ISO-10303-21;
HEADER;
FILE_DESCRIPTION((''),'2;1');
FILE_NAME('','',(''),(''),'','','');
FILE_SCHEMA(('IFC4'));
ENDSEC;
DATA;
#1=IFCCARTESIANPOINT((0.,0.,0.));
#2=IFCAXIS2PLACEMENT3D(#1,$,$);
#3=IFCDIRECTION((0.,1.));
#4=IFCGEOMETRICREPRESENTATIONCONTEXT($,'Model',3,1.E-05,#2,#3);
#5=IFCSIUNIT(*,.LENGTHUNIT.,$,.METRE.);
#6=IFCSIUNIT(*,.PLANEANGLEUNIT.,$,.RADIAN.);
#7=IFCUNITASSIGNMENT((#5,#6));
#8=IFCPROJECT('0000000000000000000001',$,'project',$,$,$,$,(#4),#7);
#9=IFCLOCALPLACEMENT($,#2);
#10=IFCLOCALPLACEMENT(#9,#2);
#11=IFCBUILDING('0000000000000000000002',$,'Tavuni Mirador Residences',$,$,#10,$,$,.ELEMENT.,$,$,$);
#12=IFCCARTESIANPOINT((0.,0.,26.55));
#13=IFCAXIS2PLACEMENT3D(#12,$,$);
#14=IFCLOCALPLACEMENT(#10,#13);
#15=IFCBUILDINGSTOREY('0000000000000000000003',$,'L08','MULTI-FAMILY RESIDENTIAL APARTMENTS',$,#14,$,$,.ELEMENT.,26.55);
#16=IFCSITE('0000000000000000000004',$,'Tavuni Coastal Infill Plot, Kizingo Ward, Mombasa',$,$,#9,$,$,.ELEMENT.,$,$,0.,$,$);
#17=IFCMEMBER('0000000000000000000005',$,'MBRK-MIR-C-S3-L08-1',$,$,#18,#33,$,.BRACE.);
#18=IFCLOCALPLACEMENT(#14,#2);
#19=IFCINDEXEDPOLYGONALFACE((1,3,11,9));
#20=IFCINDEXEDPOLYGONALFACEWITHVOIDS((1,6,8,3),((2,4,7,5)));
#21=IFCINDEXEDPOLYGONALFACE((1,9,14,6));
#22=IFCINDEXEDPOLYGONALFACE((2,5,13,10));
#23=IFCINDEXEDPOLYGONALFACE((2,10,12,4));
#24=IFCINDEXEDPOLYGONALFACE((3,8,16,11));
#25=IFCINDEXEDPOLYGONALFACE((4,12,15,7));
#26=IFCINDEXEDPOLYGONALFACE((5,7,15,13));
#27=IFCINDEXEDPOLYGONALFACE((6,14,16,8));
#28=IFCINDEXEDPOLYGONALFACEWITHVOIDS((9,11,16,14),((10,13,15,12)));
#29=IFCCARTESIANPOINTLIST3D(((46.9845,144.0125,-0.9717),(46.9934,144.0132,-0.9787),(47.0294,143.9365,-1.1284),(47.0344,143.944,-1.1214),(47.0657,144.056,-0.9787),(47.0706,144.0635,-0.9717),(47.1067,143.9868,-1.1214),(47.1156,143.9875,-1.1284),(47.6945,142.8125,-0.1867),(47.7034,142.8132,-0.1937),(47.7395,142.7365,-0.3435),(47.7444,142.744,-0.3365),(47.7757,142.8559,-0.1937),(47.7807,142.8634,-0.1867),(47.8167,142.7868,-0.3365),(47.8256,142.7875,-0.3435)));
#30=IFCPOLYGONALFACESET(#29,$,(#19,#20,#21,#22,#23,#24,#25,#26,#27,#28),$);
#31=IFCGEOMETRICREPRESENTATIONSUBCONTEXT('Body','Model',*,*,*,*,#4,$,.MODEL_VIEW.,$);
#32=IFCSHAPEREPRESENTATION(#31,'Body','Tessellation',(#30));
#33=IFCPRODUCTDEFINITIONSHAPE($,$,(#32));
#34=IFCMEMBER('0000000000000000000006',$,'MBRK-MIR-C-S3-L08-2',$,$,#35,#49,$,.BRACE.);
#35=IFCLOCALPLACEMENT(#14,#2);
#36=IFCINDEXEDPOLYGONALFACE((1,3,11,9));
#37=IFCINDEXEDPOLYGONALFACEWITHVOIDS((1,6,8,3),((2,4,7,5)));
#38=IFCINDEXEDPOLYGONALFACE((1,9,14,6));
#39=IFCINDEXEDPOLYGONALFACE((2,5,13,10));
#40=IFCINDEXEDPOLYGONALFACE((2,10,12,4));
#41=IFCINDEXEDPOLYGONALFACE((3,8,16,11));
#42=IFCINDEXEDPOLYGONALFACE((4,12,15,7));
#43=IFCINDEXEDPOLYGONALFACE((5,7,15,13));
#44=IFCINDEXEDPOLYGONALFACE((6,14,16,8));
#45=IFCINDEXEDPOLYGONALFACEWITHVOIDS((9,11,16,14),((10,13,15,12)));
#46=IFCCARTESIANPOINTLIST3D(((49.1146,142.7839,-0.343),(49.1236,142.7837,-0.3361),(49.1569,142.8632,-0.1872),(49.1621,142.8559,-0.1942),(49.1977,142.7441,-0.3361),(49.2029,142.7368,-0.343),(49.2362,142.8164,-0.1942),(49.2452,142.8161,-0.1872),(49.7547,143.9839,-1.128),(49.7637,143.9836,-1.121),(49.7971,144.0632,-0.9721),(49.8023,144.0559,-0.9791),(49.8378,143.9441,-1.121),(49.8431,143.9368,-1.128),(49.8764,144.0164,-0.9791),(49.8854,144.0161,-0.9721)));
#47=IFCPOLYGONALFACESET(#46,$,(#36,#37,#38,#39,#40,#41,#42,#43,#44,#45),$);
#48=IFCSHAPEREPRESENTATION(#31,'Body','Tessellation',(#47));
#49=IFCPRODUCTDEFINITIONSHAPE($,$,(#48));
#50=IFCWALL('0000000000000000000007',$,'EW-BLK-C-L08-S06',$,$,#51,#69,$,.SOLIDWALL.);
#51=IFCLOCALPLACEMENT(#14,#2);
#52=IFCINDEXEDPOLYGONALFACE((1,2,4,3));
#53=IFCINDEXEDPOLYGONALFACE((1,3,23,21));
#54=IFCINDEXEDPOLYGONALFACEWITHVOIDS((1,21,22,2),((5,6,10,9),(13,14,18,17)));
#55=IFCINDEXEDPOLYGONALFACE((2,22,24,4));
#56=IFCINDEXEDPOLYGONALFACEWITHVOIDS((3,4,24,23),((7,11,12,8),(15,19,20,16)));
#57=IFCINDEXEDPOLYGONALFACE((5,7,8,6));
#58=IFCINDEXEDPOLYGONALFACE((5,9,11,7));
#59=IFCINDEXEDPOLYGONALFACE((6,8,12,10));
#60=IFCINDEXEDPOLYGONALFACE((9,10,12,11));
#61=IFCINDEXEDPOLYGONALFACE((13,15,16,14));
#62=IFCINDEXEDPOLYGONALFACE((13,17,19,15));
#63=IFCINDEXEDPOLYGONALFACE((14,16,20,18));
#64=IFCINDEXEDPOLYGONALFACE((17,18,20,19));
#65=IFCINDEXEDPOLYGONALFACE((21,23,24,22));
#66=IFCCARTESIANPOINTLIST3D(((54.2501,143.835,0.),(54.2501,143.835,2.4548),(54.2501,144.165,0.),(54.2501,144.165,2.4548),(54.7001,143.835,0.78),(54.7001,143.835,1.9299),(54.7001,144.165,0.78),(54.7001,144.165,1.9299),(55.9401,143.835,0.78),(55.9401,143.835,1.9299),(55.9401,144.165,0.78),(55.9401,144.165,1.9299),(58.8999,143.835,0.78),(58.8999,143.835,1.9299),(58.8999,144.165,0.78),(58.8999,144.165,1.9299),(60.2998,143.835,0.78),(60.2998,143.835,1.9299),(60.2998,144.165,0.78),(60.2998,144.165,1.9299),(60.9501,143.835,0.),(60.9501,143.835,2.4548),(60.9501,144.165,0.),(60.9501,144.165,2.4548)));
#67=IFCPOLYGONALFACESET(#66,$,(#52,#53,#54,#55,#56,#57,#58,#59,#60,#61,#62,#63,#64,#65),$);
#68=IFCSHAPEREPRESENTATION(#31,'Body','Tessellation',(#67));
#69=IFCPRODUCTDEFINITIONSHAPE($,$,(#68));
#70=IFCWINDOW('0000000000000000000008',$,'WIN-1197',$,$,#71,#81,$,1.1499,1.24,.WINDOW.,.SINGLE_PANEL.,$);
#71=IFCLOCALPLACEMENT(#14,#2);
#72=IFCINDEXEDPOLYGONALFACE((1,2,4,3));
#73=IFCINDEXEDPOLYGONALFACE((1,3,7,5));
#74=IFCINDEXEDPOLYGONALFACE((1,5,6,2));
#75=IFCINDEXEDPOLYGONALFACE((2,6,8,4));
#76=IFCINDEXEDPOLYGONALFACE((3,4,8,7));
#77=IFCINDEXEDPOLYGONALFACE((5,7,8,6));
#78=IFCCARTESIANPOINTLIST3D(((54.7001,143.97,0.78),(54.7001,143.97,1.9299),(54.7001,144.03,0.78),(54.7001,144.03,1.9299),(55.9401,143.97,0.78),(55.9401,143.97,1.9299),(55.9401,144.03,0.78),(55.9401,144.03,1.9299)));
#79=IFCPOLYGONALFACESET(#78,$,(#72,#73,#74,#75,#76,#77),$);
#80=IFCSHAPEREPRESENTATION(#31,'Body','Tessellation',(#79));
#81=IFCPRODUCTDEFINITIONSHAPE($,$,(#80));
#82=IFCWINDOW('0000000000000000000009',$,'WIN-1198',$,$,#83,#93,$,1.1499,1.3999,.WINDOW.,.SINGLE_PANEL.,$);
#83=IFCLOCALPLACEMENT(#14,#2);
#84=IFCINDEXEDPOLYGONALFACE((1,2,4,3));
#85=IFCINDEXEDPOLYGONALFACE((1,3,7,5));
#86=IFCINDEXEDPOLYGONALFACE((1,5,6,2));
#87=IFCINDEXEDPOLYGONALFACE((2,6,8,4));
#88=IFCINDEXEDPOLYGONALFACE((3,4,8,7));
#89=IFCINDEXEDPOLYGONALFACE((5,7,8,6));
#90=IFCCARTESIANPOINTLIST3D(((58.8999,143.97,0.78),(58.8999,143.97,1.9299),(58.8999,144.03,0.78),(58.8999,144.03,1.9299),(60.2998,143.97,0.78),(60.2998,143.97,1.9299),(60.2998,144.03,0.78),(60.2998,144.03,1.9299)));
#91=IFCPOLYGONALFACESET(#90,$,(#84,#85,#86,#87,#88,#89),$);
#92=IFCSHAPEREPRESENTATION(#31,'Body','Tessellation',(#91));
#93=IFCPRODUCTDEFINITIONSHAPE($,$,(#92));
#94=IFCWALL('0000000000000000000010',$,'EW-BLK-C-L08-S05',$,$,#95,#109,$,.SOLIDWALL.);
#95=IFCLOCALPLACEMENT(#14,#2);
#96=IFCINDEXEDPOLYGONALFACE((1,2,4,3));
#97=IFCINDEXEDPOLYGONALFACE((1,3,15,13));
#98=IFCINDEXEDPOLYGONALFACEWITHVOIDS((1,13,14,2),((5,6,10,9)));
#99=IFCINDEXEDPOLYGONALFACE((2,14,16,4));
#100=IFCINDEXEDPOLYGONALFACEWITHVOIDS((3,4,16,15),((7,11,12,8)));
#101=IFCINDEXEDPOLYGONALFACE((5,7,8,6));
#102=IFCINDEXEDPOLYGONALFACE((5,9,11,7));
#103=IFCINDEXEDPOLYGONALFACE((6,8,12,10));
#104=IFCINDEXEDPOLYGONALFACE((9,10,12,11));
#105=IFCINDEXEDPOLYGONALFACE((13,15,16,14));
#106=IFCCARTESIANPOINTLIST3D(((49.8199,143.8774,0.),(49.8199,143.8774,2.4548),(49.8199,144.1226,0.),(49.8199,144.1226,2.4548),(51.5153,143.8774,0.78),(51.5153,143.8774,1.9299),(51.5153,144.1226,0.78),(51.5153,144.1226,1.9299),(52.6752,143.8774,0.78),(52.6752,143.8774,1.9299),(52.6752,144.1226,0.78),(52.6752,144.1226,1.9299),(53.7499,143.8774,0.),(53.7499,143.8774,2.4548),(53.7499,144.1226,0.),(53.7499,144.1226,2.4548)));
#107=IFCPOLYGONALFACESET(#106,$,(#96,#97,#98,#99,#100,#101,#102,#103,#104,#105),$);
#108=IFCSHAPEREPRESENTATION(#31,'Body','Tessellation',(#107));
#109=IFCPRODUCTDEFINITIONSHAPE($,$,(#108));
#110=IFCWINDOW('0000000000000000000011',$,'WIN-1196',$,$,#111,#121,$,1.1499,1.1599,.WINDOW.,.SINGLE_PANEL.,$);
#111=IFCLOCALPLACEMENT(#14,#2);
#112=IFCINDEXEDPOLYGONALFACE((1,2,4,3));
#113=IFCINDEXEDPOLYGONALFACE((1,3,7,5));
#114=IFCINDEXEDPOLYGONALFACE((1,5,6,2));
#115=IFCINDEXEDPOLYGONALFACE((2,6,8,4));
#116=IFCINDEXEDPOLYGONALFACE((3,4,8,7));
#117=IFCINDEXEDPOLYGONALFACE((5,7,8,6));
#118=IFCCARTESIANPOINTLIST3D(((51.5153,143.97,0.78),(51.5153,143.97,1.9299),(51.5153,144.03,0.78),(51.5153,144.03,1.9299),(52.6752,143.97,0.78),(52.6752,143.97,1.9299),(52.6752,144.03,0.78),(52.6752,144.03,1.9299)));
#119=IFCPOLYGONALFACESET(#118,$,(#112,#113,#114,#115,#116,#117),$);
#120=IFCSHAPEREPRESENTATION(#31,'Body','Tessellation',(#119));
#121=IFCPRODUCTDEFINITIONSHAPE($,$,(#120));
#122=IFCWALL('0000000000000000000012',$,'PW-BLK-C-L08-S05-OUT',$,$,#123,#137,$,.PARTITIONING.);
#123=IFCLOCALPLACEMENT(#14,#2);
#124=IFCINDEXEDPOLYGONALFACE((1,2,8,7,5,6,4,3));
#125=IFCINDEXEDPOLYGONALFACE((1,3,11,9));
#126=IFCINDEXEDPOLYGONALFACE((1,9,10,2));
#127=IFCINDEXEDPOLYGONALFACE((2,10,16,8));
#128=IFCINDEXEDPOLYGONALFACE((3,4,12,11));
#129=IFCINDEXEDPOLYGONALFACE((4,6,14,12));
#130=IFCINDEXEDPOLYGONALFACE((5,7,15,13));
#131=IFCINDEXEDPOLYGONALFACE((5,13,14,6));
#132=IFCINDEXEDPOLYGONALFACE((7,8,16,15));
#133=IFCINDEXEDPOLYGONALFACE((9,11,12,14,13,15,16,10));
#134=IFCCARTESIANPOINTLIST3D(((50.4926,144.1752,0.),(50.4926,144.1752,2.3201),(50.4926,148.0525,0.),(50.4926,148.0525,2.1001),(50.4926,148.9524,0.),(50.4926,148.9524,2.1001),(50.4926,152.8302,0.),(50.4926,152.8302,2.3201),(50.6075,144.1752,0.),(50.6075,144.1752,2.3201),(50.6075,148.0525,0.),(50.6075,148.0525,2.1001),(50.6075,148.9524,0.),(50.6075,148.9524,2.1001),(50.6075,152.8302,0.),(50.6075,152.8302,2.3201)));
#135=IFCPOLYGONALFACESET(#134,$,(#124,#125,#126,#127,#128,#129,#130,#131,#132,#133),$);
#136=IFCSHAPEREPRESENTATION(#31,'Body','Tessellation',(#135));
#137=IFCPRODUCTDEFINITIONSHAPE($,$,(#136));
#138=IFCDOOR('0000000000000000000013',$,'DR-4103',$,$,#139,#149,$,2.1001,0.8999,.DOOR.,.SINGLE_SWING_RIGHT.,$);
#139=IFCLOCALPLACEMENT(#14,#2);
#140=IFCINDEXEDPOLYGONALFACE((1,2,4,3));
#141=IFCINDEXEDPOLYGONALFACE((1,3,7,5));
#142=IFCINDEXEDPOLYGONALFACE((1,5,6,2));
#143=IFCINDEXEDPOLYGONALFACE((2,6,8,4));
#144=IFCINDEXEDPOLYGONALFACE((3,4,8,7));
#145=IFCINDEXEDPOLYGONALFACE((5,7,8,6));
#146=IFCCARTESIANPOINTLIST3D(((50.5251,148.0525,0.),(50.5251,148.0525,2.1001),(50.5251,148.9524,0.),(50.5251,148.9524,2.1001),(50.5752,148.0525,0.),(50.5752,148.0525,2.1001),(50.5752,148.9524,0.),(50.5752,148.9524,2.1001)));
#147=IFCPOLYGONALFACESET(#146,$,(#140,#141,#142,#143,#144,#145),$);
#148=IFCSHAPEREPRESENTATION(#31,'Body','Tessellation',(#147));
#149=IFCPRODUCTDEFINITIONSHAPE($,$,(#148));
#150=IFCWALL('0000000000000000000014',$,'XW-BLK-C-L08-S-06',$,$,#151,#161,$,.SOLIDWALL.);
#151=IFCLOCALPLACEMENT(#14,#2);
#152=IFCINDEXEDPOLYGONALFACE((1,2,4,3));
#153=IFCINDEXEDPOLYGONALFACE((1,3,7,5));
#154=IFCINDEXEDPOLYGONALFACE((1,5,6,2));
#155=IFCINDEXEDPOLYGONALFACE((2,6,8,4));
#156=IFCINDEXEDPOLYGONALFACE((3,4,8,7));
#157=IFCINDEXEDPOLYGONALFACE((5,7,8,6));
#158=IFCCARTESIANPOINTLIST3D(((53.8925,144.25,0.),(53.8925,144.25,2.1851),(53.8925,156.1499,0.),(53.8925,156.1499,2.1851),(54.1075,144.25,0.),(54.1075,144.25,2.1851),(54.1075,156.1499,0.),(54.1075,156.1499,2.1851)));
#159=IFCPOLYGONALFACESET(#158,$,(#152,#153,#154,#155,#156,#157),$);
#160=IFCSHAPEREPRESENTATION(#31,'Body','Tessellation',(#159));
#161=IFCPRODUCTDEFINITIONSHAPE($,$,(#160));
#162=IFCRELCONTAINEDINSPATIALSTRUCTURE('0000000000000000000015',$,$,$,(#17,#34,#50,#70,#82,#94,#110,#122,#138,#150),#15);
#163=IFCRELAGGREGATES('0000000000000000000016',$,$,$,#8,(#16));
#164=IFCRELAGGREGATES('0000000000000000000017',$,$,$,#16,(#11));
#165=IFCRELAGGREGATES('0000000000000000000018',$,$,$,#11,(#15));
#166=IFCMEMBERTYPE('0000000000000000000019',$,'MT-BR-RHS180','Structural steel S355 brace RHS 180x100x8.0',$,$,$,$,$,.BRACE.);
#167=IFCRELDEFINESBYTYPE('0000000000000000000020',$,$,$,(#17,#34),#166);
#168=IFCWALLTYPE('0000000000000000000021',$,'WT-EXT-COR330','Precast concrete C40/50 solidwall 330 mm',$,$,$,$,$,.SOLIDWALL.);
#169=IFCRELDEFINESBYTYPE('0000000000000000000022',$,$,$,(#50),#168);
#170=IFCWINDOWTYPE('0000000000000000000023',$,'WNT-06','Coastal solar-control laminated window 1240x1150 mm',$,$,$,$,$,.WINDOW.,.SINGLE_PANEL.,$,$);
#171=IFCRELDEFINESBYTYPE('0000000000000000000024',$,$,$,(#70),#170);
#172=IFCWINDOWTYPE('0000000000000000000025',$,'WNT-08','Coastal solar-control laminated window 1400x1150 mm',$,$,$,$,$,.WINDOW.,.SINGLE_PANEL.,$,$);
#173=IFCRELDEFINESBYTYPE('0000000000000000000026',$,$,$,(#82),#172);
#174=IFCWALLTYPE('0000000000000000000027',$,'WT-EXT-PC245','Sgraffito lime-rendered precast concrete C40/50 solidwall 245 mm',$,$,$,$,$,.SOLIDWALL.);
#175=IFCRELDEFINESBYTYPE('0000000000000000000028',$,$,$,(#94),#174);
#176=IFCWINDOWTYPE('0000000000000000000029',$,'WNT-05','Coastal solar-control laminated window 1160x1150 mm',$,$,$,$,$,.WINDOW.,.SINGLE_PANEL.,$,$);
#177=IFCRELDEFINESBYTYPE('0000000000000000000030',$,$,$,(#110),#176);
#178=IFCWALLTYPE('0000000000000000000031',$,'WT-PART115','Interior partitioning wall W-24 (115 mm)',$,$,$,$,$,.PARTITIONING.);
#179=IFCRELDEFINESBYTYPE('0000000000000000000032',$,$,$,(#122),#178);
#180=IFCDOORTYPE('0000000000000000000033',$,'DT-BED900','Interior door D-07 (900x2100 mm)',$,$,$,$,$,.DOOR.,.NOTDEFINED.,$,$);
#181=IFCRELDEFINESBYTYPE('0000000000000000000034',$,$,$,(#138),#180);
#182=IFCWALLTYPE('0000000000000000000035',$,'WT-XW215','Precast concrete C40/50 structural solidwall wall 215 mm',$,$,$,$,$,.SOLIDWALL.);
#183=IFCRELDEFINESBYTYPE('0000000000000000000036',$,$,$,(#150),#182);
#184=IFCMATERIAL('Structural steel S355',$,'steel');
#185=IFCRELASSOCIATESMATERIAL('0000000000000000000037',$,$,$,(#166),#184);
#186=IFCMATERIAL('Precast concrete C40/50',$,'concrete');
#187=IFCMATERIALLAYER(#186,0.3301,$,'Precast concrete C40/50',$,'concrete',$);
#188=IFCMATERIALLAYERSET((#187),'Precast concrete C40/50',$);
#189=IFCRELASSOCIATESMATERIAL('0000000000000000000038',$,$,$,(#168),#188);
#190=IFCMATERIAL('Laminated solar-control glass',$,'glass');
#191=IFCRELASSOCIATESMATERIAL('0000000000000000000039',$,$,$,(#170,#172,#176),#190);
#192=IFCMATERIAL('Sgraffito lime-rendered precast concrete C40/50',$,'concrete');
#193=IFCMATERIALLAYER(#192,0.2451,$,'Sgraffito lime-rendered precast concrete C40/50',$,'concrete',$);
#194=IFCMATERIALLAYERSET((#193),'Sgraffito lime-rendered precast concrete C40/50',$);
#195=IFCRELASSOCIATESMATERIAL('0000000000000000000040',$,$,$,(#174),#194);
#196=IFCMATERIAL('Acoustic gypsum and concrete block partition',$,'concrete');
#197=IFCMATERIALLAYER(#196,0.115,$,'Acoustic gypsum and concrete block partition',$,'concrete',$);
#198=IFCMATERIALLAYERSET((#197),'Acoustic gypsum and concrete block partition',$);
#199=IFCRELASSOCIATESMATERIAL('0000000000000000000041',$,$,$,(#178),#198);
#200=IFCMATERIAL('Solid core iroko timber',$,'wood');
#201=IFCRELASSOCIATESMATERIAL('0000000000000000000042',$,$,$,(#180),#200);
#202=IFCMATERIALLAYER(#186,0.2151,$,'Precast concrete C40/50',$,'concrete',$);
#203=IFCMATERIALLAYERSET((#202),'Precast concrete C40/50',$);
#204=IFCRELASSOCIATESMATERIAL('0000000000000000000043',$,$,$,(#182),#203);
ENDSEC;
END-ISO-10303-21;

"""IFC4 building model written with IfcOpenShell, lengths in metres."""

from ifc_helpers import new_model, si_unit, direction, frame, frame_2d, origin, origin_2d, place, context, subcontext, project, spatial, rectangle, hollow_rectangle, extrude, material, layer, layer_set, material_profile, profile_set, type_object, element, fill, save


model = new_model("IFC4")

# Units and contexts
model_context = context("Model", 3, precision=1e-05, world=origin(), true_north=direction((0.0, 1.0)))
body_context = subcontext(model_context, "Body", "Model", "MODEL_VIEW")
ifc_project = project(units=[si_unit("LENGTHUNIT", "METRE"), si_unit("PLANEANGLEUNIT", "RADIAN")], contexts=[model_context])

# Site, building, storey
site_placement = place(None, origin())
site = spatial("IfcSite", under=ifc_project, at=site_placement, Name="Tavuni Coastal Infill Plot, Kizingo Ward, Mombasa", CompositionType="ELEMENT", RefElevation=0.0)
building_placement = place(site_placement, origin())
building = spatial("IfcBuilding", under=site, at=building_placement, Name="Tavuni Mirador Residences", CompositionType="ELEMENT")
storey_placement = place(building_placement, frame((0.0, 0.0, 26.55)))
storey = spatial("IfcBuildingStorey", under=building, at=storey_placement, Name="L08", Description="MULTI-FAMILY RESIDENTIAL APARTMENTS", CompositionType="ELEMENT", Elevation=26.55)

# Shared definitions
ifc_material_1 = material(Name="Precast concrete C40/50", Category="concrete")

# Members
ifc_material_2 = material(Name="Structural steel S355", Category="steel")
ifc_material_profile_1 = material_profile(ifc_material_2, hollow_rectangle(XDim=0.1001, YDim=0.1799, WallThickness=0.0081, at=origin_2d()), Name="RHS 180x100x8.0", Category="steel")
ifc_profile_set_1 = profile_set([ifc_material_profile_1], Name="Structural steel S355")
member_type_1 = type_object("IfcMemberType", Name="MT-BR-RHS180", Description="Structural steel S355 brace RHS 180x100x8.0", PredefinedType="BRACE", material=ifc_profile_set_1)
member_1_placement = place(storey_placement, frame((47.05, 144.0, -1.05), z_axis=(0.443724, -0.749967, 0.490569), x_axis=(0.860644, 0.509207, 0.0)))
element("IfcMember", 1, at=member_1_placement, inside=storey, type_object=member_type_1, Name="MBRK-MIR-C-S3-L08-1", PredefinedType="BRACE", context=body_context, shape_type="SweptSolid", body=[
    extrude(hollow_rectangle(XDim=0.1001, YDim=0.1799, WallThickness=0.0081, at=origin_2d()), origin(), (0.0, 0.0, 1.0), 1.6001),
])
member_2_placement = place(storey_placement, frame((49.8201, 144.0, -1.05), z_axis=(-0.407661, -0.764169, 0.499858), x_axis=(0.882303, -0.470681, 0.0)))
element("IfcMember", 2, at=member_2_placement, inside=storey, type_object=member_type_1, Name="MBRK-MIR-C-S3-L08-2", PredefinedType="BRACE", context=body_context, shape_type="SweptSolid", body=[
    extrude(hollow_rectangle(XDim=0.1001, YDim=0.1799, WallThickness=0.0081, at=origin_2d()), origin(), (0.0, 0.0, 1.0), 1.5703),
])

# Wall, openings, windows
ifc_layer_1 = layer(ifc_material_1, 0.3301, Name="Precast concrete C40/50", Category="concrete")
ifc_layer_set_1 = layer_set([ifc_layer_1], Name="Precast concrete C40/50")
wall_type_1 = type_object("IfcWallType", Name="WT-EXT-COR330", Description="Precast concrete C40/50 solidwall 330 mm", PredefinedType="SOLIDWALL", material=ifc_layer_set_1)
wall_1_placement = place(storey_placement, frame((54.25, 144.0, 0.0), z_axis=(0.0, 0.0, 1.0), x_axis=(1.0, 0.0, 0.0)))
wall_1 = element("IfcWall", 3, at=wall_1_placement, inside=storey, type_object=wall_type_1, Name="EW-BLK-C-L08-S06", PredefinedType="SOLIDWALL", context=body_context, shape_type="SweptSolid", body=[
    extrude(rectangle(XDim=6.7, YDim=0.3301, at=frame_2d((3.3501, 0.0))), origin(), (0.0, 0.0, 1.0), 2.4548),
])
opening_1_placement = place(wall_1_placement, frame((0.45, 0.0, 0.78)))
opening_1 = element("IfcOpeningElement", 4, at=opening_1_placement, cuts=wall_1, PredefinedType="OPENING", context=body_context, shape_type="SweptSolid", body=[
    extrude(rectangle(XDim=1.24, YDim=1.1499, at=frame_2d((0.6201, 0.575))), frame((0.0, 0.175, 0.0), z_axis=(0.0, -1.0, 0.0), x_axis=(1.0, 0.0, 0.0)), (0.0, 0.0, 1.0), 0.3501),
])
opening_2_placement = place(wall_1_placement, frame((4.6499, 0.0, 0.78)))
opening_2 = element("IfcOpeningElement", 5, at=opening_2_placement, cuts=wall_1, PredefinedType="OPENING", context=body_context, shape_type="SweptSolid", body=[
    extrude(rectangle(XDim=1.3999, YDim=1.1499, at=frame_2d((0.7, 0.575))), frame((0.0, 0.175, 0.0), z_axis=(0.0, -1.0, 0.0), x_axis=(1.0, 0.0, 0.0)), (0.0, 0.0, 1.0), 0.3501),
])
ifc_material_3 = material(Name="Laminated solar-control glass", Category="glass")
window_type_1 = type_object("IfcWindowType", Name="WNT-06", Description="Coastal solar-control laminated window 1240x1150 mm", PartitioningType="SINGLE_PANEL", PredefinedType="WINDOW", material=ifc_material_3)
window_1_placement = place(opening_1_placement, origin())
window_1 = element("IfcWindow", 6, at=window_1_placement, inside=storey, type_object=window_type_1, Name="WIN-1197", OverallHeight=1.1499, OverallWidth=1.24, PartitioningType="SINGLE_PANEL", PredefinedType="WINDOW", context=body_context, shape_type="SweptSolid", body=[
    extrude(rectangle(XDim=1.24, YDim=1.1499, at=frame_2d((0.6201, 0.575))), frame((0.0, 0.03, 0.0), z_axis=(0.0, -1.0, 0.0), x_axis=(1.0, 0.0, 0.0)), (0.0, 0.0, 1.0), 0.0601),
])
fill(opening_1, window_1)
window_type_2 = type_object("IfcWindowType", Name="WNT-08", Description="Coastal solar-control laminated window 1400x1150 mm", PartitioningType="SINGLE_PANEL", PredefinedType="WINDOW", material=ifc_material_3)
window_2_placement = place(opening_2_placement, origin())
window_2 = element("IfcWindow", 7, at=window_2_placement, inside=storey, type_object=window_type_2, Name="WIN-1198", OverallHeight=1.1499, OverallWidth=1.3999, PartitioningType="SINGLE_PANEL", PredefinedType="WINDOW", context=body_context, shape_type="SweptSolid", body=[
    extrude(rectangle(XDim=1.3999, YDim=1.1499, at=frame_2d((0.7, 0.575))), frame((0.0, 0.03, 0.0), z_axis=(0.0, -1.0, 0.0), x_axis=(1.0, 0.0, 0.0)), (0.0, 0.0, 1.0), 0.0601),
])
fill(opening_2, window_2)

# Wall, opening, window
ifc_material_4 = material(Name="Sgraffito lime-rendered precast concrete C40/50", Category="concrete")
ifc_layer_2 = layer(ifc_material_4, 0.2451, Name="Sgraffito lime-rendered precast concrete C40/50", Category="concrete")
ifc_layer_set_2 = layer_set([ifc_layer_2], Name="Sgraffito lime-rendered precast concrete C40/50")
wall_type_2 = type_object("IfcWallType", Name="WT-EXT-PC245", Description="Sgraffito lime-rendered precast concrete C40/50 solidwall 245 mm", PredefinedType="SOLIDWALL", material=ifc_layer_set_2)
wall_2_placement = place(storey_placement, frame((49.8201, 144.0, 0.0), z_axis=(0.0, 0.0, 1.0), x_axis=(1.0, 0.0, 0.0)))
wall_2 = element("IfcWall", 8, at=wall_2_placement, inside=storey, type_object=wall_type_2, Name="EW-BLK-C-L08-S05", PredefinedType="SOLIDWALL", context=body_context, shape_type="SweptSolid", body=[
    extrude(rectangle(XDim=3.9299, YDim=0.2451, at=frame_2d((1.9648, 0.0))), origin(), (0.0, 0.0, 1.0), 2.4548),
])
opening_3_placement = place(wall_2_placement, frame((1.6951, 0.0, 0.78)))
opening_3 = element("IfcOpeningElement", 9, at=opening_3_placement, cuts=wall_2, PredefinedType="OPENING", context=body_context, shape_type="SweptSolid", body=[
    extrude(rectangle(XDim=1.1599, YDim=1.1499, at=frame_2d((0.5801, 0.575))), frame((0.0, 0.1326, 0.0), z_axis=(0.0, -1.0, 0.0), x_axis=(1.0, 0.0, 0.0)), (0.0, 0.0, 1.0), 0.2651),
])
window_type_3 = type_object("IfcWindowType", Name="WNT-05", Description="Coastal solar-control laminated window 1160x1150 mm", PartitioningType="SINGLE_PANEL", PredefinedType="WINDOW", material=ifc_material_3)
window_3_placement = place(opening_3_placement, origin())
window_3 = element("IfcWindow", 10, at=window_3_placement, inside=storey, type_object=window_type_3, Name="WIN-1196", OverallHeight=1.1499, OverallWidth=1.1599, PartitioningType="SINGLE_PANEL", PredefinedType="WINDOW", context=body_context, shape_type="SweptSolid", body=[
    extrude(rectangle(XDim=1.1599, YDim=1.1499, at=frame_2d((0.5801, 0.575))), frame((0.0, 0.03, 0.0), z_axis=(0.0, -1.0, 0.0), x_axis=(1.0, 0.0, 0.0)), (0.0, 0.0, 1.0), 0.0601),
])
fill(opening_3, window_3)

# Wall, opening, door
ifc_material_5 = material(Name="Acoustic gypsum and concrete block partition", Category="concrete")
ifc_layer_3 = layer(ifc_material_5, 0.115, Name="Acoustic gypsum and concrete block partition", Category="concrete")
ifc_layer_set_3 = layer_set([ifc_layer_3], Name="Acoustic gypsum and concrete block partition")
wall_type_3 = type_object("IfcWallType", Name="WT-PART115", Description="Interior partitioning wall W-24 (115 mm)", PredefinedType="PARTITIONING", material=ifc_layer_set_3)
wall_3_placement = place(storey_placement, frame((50.55, 144.175, 0.0), z_axis=(0.0, 0.0, 1.0), x_axis=(0.0, 1.0, 0.0)))
wall_3 = element("IfcWall", 11, at=wall_3_placement, inside=storey, type_object=wall_type_3, Name="PW-BLK-C-L08-S05-OUT", PredefinedType="PARTITIONING", context=body_context, shape_type="SweptSolid", body=[
    extrude(rectangle(XDim=8.655, YDim=0.115, at=frame_2d((4.3276, 0.0))), origin(), (0.0, 0.0, 1.0), 2.3201),
])
opening_4_placement = place(wall_3_placement, frame((3.8774, 0.0, 0.0)))
opening_4 = element("IfcOpeningElement", 12, at=opening_4_placement, cuts=wall_3, PredefinedType="OPENING", context=body_context, shape_type="SweptSolid", body=[
    extrude(rectangle(XDim=0.8999, YDim=2.1001, at=frame_2d((0.45, 1.05))), frame((0.0, 0.0674, 0.0), z_axis=(0.0, -1.0, 0.0), x_axis=(1.0, 0.0, 0.0)), (0.0, 0.0, 1.0), 0.135),
])
ifc_material_6 = material(Name="Solid core iroko timber", Category="wood")
door_type = type_object("IfcDoorType", Name="DT-BED900", Description="Interior door D-07 (900x2100 mm)", OperationType="NOTDEFINED", PredefinedType="DOOR", material=ifc_material_6)
door_placement = place(opening_4_placement, origin())
door = element("IfcDoor", 13, at=door_placement, inside=storey, type_object=door_type, Name="DR-4103", OperationType="SINGLE_SWING_RIGHT", OverallHeight=2.1001, OverallWidth=0.8999, PredefinedType="DOOR", context=body_context, shape_type="SweptSolid", body=[
    extrude(rectangle(XDim=0.8999, YDim=2.1001, at=frame_2d((0.45, 1.05))), frame((0.0, 0.0249, 0.0), z_axis=(0.0, -1.0, 0.0), x_axis=(1.0, 0.0, 0.0)), (0.0, 0.0, 1.0), 0.05),
])
fill(opening_4, door)

# Wall
ifc_layer_4 = layer(ifc_material_1, 0.2151, Name="Precast concrete C40/50", Category="concrete")
ifc_layer_set_4 = layer_set([ifc_layer_4], Name="Precast concrete C40/50")
wall_type_4 = type_object("IfcWallType", Name="WT-XW215", Description="Precast concrete C40/50 structural solidwall wall 215 mm", PredefinedType="SOLIDWALL", material=ifc_layer_set_4)
wall_4_placement = place(storey_placement, frame((54.0, 144.25, 0.0), z_axis=(0.0, 0.0, 1.0), x_axis=(0.0, 1.0, 0.0)))
element("IfcWall", 14, at=wall_4_placement, inside=storey, type_object=wall_type_4, Name="XW-BLK-C-L08-S-06", PredefinedType="SOLIDWALL", context=body_context, shape_type="SweptSolid", body=[
    extrude(rectangle(XDim=11.8999, YDim=0.2151, at=frame_2d((5.95, 0.0))), origin(), (0.0, 0.0, 1.0), 2.1851),
])

save(model, "model.ifc")
